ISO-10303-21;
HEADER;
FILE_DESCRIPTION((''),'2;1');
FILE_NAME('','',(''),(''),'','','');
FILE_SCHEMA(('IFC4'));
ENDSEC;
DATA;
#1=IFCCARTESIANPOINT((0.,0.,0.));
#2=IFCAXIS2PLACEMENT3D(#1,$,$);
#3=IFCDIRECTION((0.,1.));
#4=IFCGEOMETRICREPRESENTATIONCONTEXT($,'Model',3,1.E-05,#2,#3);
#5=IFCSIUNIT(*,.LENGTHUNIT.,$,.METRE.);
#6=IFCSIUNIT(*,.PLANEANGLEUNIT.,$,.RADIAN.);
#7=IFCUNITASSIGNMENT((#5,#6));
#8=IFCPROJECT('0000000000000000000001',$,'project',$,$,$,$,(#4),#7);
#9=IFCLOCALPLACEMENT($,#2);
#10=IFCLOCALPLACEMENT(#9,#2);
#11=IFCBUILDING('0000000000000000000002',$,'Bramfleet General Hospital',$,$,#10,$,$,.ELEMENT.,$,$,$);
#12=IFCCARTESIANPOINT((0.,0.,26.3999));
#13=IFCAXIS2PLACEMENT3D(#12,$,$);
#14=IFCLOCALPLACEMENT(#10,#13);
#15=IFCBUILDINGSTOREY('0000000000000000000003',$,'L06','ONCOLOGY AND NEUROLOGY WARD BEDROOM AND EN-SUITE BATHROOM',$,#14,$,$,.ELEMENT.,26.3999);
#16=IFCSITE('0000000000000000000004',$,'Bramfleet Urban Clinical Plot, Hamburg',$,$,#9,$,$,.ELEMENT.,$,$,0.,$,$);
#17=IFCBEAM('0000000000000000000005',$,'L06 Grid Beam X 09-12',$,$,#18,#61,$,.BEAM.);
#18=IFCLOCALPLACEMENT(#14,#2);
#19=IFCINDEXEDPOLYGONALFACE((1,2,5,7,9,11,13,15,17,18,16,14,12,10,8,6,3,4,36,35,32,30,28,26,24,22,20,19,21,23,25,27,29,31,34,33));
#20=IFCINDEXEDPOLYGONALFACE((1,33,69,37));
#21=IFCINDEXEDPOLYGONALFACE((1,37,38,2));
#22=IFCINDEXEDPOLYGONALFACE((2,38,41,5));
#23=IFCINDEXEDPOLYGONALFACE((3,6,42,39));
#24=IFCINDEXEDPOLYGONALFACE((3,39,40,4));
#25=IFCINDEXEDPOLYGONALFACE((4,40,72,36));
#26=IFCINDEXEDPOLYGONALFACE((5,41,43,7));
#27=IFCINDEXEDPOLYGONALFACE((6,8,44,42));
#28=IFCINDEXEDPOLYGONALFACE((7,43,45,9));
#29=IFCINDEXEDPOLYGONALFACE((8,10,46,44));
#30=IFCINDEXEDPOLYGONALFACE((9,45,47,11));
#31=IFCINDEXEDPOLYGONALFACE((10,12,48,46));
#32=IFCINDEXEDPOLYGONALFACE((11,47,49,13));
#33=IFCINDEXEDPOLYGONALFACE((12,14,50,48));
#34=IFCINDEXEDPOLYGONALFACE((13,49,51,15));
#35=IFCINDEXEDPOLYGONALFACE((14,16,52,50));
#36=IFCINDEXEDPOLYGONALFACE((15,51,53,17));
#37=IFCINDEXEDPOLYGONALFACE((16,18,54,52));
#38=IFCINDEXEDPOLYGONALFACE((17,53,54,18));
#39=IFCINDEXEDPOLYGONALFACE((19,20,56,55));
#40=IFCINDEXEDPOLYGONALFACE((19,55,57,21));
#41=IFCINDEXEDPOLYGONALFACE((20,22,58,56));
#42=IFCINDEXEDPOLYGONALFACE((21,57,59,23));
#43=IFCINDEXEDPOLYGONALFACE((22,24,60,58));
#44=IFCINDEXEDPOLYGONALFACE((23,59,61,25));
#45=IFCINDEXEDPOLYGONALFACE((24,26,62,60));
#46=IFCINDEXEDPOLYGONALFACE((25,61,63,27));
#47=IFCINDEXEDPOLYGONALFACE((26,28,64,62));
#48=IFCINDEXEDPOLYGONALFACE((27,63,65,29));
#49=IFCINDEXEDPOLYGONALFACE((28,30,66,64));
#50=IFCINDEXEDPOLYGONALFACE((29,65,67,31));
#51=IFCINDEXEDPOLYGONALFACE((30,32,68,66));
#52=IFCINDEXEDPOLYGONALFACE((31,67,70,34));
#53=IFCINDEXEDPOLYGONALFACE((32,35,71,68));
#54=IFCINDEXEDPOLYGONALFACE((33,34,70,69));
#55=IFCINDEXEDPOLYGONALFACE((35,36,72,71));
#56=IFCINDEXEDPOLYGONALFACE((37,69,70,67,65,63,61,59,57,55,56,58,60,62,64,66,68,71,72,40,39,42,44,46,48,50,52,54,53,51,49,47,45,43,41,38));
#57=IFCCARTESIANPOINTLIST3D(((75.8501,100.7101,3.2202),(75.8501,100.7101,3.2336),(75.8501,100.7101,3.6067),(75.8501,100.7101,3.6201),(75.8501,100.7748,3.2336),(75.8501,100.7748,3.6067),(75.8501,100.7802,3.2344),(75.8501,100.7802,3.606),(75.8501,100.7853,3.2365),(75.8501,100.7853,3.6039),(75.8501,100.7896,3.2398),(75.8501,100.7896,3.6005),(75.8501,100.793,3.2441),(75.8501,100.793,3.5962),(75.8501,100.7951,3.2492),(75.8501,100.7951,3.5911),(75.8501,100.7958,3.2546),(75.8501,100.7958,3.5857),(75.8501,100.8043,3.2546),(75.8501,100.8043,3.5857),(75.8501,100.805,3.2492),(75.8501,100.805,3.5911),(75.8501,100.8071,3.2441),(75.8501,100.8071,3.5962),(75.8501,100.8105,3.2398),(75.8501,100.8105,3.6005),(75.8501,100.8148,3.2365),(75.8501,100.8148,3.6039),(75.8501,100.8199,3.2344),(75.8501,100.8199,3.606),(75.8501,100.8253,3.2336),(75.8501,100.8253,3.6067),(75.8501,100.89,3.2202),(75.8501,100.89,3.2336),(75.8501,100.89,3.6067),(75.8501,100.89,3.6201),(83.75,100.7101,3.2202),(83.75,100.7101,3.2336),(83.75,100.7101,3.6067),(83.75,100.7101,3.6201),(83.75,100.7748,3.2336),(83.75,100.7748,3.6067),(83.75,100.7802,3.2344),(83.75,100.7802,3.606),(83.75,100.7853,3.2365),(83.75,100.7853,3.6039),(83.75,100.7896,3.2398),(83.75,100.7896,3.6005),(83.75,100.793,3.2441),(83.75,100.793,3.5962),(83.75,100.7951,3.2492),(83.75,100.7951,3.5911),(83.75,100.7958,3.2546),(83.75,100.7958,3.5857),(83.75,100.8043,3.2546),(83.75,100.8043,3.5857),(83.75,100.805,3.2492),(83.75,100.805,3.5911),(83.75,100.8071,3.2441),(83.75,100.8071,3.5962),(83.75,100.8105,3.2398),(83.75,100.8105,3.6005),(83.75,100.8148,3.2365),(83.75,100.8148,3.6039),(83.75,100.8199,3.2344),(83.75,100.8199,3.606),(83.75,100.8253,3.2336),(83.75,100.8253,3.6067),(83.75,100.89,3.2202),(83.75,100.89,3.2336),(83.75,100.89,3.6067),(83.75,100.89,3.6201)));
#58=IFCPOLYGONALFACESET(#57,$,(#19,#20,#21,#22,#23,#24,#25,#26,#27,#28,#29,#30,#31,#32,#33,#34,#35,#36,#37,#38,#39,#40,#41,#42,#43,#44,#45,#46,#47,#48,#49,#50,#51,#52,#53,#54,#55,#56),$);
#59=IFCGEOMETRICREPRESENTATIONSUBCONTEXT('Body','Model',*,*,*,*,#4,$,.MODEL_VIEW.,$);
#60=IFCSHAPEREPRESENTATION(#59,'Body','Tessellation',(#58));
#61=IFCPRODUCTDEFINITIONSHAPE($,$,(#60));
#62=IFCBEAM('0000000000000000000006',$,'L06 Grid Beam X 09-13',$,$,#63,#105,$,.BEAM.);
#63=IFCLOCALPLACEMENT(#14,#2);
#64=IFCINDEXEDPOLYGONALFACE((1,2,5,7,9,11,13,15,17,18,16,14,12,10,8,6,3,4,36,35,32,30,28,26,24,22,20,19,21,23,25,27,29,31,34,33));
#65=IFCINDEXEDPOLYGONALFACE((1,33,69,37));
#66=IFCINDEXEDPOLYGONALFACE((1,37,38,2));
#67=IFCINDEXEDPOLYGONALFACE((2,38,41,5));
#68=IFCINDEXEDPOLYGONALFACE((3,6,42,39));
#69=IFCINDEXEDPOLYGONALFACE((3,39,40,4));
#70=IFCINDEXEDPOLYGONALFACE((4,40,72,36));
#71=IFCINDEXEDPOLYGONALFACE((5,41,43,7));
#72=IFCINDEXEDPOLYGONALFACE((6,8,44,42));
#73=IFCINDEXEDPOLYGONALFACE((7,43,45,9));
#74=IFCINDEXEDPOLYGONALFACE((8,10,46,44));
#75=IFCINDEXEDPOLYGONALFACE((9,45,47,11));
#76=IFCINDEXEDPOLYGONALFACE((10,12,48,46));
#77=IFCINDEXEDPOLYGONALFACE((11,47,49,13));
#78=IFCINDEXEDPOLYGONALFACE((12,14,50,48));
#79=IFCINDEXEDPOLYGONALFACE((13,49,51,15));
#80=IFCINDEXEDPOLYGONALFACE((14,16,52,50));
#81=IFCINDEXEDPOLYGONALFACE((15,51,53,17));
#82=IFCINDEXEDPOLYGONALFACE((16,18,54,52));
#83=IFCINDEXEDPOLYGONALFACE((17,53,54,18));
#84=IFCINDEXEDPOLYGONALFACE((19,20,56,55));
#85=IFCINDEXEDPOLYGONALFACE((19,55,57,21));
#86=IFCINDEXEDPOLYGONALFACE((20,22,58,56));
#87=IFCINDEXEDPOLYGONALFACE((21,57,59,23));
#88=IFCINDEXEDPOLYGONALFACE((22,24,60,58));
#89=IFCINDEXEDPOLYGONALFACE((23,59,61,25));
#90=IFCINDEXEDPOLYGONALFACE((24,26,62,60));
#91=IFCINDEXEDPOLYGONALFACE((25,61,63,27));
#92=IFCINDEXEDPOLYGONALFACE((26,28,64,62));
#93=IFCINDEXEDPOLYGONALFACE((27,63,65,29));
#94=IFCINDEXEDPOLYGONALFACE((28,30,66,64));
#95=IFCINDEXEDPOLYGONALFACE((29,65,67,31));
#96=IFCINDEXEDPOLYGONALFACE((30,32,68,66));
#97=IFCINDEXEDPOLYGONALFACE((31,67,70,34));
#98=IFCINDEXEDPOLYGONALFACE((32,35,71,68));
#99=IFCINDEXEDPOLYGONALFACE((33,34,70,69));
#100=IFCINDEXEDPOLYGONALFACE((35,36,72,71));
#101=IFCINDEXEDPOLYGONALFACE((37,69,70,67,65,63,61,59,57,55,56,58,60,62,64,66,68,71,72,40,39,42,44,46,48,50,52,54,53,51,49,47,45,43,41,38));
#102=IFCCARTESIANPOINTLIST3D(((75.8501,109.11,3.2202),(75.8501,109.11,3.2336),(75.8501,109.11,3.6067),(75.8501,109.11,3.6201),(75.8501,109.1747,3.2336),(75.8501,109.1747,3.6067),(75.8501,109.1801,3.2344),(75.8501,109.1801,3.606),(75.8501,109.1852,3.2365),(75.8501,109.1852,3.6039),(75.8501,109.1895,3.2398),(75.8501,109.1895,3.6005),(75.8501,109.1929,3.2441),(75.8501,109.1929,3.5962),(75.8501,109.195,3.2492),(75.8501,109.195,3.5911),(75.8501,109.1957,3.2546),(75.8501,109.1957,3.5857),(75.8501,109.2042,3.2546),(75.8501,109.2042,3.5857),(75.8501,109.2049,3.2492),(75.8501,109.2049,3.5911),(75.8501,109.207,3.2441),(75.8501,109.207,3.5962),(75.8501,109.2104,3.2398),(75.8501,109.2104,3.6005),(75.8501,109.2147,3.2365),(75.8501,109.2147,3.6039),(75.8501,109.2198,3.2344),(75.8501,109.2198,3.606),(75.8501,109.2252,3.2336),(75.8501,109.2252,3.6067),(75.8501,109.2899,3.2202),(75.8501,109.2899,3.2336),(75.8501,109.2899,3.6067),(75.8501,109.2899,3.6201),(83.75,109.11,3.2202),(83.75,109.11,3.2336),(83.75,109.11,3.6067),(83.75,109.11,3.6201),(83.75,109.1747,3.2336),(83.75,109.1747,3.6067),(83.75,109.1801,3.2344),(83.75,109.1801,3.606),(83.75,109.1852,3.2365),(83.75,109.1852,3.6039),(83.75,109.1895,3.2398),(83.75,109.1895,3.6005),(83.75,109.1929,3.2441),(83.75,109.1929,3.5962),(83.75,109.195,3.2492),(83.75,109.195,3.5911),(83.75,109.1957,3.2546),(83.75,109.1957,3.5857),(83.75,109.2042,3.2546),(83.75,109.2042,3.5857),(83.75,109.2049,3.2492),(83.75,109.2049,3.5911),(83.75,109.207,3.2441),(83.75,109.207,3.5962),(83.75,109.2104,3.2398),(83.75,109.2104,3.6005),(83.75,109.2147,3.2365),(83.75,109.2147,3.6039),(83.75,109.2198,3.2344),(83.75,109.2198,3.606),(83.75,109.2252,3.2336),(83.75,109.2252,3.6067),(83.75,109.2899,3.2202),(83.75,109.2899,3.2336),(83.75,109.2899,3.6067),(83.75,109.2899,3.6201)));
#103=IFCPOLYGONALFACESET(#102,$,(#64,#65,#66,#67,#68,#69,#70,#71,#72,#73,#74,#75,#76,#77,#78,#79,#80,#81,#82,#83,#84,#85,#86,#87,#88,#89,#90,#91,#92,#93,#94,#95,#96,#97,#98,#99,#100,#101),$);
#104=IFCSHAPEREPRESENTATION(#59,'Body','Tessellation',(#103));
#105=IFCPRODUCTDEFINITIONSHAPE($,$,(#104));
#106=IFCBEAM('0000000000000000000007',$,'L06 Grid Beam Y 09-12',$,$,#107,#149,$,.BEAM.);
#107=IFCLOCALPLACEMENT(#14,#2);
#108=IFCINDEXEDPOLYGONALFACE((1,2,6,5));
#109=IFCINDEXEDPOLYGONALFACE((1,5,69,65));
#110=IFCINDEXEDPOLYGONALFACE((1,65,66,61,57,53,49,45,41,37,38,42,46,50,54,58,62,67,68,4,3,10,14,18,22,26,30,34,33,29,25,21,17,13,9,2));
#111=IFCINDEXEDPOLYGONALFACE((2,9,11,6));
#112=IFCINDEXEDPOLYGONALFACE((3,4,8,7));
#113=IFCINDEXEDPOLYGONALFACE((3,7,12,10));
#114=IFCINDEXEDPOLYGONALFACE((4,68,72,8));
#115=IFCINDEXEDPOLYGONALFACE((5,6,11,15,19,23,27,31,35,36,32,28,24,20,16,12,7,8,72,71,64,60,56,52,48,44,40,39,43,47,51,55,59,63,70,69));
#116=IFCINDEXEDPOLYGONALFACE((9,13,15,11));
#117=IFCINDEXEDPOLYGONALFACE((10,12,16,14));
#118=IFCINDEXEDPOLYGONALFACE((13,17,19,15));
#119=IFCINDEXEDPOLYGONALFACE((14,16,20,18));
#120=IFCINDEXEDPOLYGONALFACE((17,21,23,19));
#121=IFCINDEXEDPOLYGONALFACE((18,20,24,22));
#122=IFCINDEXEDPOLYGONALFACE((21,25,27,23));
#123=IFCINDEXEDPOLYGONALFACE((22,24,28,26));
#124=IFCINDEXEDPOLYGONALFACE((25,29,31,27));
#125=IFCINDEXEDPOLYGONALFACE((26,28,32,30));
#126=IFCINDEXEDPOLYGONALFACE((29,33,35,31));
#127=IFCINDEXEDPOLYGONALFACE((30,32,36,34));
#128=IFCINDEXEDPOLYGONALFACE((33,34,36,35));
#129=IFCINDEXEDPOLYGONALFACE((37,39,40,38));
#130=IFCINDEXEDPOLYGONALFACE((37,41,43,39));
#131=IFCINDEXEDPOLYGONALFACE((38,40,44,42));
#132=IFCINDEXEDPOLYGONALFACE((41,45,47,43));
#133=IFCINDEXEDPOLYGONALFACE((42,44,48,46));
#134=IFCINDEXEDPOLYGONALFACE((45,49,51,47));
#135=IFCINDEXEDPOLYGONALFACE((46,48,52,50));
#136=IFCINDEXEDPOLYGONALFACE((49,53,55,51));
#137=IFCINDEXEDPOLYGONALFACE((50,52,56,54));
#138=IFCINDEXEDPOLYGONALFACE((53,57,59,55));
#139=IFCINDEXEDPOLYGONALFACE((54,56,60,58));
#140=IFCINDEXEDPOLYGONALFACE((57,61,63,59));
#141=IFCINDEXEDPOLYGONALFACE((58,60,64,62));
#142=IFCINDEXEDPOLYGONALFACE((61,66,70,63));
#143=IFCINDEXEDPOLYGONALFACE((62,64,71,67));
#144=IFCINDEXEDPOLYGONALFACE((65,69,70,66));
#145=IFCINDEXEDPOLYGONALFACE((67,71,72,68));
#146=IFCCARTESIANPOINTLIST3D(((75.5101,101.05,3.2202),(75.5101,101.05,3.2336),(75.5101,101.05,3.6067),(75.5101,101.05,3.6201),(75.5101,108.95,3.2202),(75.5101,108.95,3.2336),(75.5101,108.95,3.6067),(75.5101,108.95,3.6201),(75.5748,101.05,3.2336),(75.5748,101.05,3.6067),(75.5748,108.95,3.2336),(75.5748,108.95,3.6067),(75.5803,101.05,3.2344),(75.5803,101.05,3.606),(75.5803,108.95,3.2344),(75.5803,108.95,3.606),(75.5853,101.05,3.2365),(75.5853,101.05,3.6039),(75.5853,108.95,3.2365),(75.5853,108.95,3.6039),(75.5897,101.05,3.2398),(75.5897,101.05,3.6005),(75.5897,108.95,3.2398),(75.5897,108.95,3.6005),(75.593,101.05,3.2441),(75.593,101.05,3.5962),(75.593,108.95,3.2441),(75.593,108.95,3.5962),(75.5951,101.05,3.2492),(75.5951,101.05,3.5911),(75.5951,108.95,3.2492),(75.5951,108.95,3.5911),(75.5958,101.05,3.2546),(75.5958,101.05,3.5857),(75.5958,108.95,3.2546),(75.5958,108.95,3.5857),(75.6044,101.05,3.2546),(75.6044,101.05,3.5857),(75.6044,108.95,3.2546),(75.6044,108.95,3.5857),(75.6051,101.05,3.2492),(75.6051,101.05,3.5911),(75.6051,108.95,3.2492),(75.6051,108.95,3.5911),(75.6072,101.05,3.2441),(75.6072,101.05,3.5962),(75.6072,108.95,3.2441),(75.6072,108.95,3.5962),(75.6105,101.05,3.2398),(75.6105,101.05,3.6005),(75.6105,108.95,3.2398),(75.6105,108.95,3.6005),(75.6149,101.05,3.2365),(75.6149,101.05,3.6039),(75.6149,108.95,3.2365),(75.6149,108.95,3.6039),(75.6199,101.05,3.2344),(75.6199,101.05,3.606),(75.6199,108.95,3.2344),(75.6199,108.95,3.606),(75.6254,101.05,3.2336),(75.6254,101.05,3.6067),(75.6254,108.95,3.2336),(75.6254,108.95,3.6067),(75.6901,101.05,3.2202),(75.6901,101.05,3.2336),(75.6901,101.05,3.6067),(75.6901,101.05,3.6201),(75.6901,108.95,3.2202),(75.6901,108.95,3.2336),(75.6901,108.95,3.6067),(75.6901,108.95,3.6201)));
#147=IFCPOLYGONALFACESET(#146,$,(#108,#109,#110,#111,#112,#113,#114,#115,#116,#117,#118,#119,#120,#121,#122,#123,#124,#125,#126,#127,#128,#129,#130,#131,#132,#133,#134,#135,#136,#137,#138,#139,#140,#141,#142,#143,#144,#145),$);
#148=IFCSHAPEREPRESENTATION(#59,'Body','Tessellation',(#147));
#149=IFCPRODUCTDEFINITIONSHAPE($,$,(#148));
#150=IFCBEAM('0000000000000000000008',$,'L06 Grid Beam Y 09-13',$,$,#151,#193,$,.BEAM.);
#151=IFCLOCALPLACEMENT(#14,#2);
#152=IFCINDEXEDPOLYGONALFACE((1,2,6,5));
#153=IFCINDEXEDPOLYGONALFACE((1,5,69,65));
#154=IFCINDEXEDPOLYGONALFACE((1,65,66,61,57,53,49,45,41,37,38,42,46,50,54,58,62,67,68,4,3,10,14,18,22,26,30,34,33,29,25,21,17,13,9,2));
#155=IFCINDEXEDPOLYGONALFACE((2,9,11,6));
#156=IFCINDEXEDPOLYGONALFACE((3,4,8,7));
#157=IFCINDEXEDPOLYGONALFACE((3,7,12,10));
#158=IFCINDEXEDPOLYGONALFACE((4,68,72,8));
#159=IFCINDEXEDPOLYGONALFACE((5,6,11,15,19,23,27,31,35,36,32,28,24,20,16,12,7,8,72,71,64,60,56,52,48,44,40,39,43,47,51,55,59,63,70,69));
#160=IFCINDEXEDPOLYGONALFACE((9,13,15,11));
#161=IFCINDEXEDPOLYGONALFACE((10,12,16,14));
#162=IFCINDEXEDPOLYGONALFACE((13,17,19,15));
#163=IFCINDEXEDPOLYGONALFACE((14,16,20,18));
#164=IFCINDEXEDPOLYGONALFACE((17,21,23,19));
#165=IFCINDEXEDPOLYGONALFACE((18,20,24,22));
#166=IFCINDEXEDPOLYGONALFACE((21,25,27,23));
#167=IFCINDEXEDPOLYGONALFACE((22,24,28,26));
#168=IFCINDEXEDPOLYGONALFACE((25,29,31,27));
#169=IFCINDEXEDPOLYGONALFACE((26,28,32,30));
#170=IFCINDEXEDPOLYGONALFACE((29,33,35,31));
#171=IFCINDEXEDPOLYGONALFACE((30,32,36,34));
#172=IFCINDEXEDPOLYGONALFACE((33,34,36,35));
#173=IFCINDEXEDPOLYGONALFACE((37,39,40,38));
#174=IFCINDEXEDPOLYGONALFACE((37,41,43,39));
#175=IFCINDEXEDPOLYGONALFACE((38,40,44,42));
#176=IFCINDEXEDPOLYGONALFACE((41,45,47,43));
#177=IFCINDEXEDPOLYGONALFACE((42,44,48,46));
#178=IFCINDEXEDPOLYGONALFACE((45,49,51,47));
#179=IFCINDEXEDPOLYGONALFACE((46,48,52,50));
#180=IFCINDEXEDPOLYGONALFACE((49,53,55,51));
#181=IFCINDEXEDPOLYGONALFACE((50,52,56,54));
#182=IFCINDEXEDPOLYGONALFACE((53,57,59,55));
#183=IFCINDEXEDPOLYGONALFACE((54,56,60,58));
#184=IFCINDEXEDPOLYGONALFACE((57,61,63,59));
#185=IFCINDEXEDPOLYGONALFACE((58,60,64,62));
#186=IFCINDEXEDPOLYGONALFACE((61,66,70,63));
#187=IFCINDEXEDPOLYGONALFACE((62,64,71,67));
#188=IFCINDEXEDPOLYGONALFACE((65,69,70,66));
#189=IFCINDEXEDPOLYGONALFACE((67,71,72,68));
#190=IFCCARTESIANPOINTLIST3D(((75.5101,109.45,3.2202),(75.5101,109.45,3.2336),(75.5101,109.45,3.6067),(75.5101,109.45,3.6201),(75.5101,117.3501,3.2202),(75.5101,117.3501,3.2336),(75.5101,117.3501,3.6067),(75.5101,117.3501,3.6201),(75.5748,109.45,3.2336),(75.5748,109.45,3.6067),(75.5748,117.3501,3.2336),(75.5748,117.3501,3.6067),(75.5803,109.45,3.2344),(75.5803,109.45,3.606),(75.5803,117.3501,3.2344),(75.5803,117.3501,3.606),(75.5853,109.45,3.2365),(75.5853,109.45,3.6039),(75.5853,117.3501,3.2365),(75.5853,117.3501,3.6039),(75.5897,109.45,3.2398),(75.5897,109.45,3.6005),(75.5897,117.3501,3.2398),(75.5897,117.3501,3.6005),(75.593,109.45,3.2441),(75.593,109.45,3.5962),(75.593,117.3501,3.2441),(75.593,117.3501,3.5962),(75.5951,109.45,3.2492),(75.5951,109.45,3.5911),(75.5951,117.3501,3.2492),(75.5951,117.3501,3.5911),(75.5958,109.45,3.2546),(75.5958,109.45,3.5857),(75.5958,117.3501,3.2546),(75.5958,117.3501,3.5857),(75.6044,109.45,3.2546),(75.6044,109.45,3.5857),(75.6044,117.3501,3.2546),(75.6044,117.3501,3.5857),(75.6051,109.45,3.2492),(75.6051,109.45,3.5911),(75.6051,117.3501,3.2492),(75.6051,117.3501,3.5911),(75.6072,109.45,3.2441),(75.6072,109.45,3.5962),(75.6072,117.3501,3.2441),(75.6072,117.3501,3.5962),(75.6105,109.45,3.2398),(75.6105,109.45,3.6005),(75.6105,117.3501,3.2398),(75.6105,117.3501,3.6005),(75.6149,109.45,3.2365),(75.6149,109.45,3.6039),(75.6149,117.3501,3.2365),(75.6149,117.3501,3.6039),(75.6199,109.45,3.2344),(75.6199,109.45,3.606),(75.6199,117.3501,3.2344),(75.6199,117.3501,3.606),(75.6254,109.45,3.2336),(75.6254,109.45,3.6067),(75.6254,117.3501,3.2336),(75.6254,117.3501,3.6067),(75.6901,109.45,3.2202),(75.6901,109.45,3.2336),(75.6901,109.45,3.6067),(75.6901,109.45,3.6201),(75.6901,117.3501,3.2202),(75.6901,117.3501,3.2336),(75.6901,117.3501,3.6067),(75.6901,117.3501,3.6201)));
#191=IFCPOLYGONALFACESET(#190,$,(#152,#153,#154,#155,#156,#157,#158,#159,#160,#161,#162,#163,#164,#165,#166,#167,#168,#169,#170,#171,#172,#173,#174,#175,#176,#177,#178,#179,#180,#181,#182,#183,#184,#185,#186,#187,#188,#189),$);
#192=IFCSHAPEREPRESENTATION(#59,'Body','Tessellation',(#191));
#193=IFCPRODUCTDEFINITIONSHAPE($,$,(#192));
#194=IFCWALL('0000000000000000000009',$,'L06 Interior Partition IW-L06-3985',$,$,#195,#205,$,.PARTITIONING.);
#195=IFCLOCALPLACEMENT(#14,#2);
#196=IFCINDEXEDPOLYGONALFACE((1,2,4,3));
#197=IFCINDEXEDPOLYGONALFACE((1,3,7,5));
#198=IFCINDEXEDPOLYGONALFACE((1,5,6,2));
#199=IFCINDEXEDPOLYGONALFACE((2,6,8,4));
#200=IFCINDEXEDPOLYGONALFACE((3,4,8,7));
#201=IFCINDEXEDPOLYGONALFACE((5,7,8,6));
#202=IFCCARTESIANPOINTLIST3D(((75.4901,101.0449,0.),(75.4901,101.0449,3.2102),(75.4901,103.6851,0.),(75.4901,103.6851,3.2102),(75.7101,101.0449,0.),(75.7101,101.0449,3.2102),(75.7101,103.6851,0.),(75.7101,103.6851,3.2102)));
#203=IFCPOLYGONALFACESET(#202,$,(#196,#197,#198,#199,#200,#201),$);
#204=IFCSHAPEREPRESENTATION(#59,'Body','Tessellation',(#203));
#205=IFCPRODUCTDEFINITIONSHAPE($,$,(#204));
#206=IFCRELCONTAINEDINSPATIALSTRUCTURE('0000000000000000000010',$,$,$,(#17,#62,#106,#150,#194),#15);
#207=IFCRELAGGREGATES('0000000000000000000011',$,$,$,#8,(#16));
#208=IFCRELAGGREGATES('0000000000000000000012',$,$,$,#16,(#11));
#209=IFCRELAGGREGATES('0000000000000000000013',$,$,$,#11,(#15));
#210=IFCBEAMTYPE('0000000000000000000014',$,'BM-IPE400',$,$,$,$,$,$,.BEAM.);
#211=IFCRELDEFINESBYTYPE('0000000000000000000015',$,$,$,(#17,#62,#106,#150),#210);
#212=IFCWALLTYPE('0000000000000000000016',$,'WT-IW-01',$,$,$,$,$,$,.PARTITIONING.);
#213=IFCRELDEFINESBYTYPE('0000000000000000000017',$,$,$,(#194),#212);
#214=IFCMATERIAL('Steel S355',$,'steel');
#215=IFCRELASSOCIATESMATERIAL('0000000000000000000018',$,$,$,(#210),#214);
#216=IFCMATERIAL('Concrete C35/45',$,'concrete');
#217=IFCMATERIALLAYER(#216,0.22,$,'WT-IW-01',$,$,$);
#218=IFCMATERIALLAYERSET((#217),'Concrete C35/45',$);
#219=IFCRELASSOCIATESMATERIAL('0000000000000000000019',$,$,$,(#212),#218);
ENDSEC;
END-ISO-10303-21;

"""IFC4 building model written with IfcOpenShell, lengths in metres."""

from ifc_helpers import new_model, si_unit, direction, frame, frame_2d, origin, origin_2d, place, context, subcontext, project, spatial, rectangle, i_section, extrude, material, layer, layer_set, material_profile, profile_set, type_object, element, save


model = new_model("IFC4")

# Units and contexts
model_context = context("Model", 3, precision=1e-05, world=origin(), true_north=direction((0.0, 1.0)))
body_context = subcontext(model_context, "Body", "Model", "MODEL_VIEW")
ifc_project = project(units=[si_unit("LENGTHUNIT", "METRE"), si_unit("PLANEANGLEUNIT", "RADIAN")], contexts=[model_context])

# Site, building, storey
site_placement = place(None, origin())
site = spatial("IfcSite", under=ifc_project, at=site_placement, Name="Bramfleet Urban Clinical Plot, Hamburg", CompositionType="ELEMENT", RefElevation=0.0)
building_placement = place(site_placement, origin())
building = spatial("IfcBuilding", under=site, at=building_placement, Name="Bramfleet General Hospital", CompositionType="ELEMENT")
storey_placement = place(building_placement, frame((0.0, 0.0, 26.3999)))
storey = spatial("IfcBuildingStorey", under=building, at=storey_placement, Name="L06", Description="ONCOLOGY AND NEUROLOGY WARD BEDROOM AND EN-SUITE BATHROOM", CompositionType="ELEMENT", Elevation=26.3999)

# Beams
ifc_material_1 = material(Name="Steel S355", Category="steel")
ifc_material_profile_1 = material_profile(ifc_material_1, i_section(OverallWidth=0.1799, OverallDepth=0.3999, WebThickness=0.0085, FlangeThickness=0.0134, FilletRadius=0.021, at=origin_2d()), Name="IPE 400")
ifc_profile_set_1 = profile_set([ifc_material_profile_1], Name="Steel S355")
beam_type_1 = type_object("IfcBeamType", Name="BM-IPE400", PredefinedType="BEAM", material=ifc_profile_set_1)
for number, where, z_axis, x_axis, name in (
    (1, (75.8501, 100.8, 3.4202), (1.0, 0.0, 0.0), (0.0, 1.0, 0.0), "L06 Grid Beam X 09-12"),
    (2, (75.8501, 109.2, 3.4202), (1.0, 0.0, 0.0), (0.0, 1.0, 0.0), "L06 Grid Beam X 09-13"),
    (3, (75.6001, 101.05, 3.4202), (0.0, 1.0, 0.0), (-1.0, 0.0, 0.0), "L06 Grid Beam Y 09-12"),
):
    element("IfcBeam", number, at=place(storey_placement, frame(where, z_axis=z_axis, x_axis=x_axis)), inside=storey, type_object=beam_type_1, Name=name, PredefinedType="BEAM", context=body_context, shape_type="SweptSolid", body=[
        extrude(i_section(OverallWidth=0.1799, OverallDepth=0.3999, WebThickness=0.0085, FlangeThickness=0.0134, FilletRadius=0.021, at=origin_2d()), origin(), (0.0, 0.0, 1.0), 7.8999),
    ])
beam_placement = place(storey_placement, frame((75.6001, 109.45, 3.4202), z_axis=(0.0, 1.0, 0.0), x_axis=(-1.0, 0.0, 0.0)))
element("IfcBeam", 4, at=beam_placement, inside=storey, type_object=beam_type_1, Name="L06 Grid Beam Y 09-13", PredefinedType="BEAM", context=body_context, shape_type="SweptSolid", body=[
    extrude(i_section(OverallWidth=0.1799, OverallDepth=0.3999, WebThickness=0.0085, FlangeThickness=0.0134, FilletRadius=0.021, at=origin_2d()), origin(), (0.0, 0.0, 1.0), 7.9001),
])

# Wall
ifc_material_2 = material(Name="Concrete C35/45", Category="concrete")
ifc_layer_1 = layer(ifc_material_2, 0.22, Name="WT-IW-01")
ifc_layer_set_1 = layer_set([ifc_layer_1], Name="Concrete C35/45")
wall_type_1 = type_object("IfcWallType", Name="WT-IW-01", PredefinedType="PARTITIONING", material=ifc_layer_set_1)
wall_1_placement = place(storey_placement, frame((75.6001, 101.0449, 0.0), z_axis=(0.0, 0.0, 1.0), x_axis=(0.0, 1.0, 0.0)))
element("IfcWall", 5, at=wall_1_placement, inside=storey, type_object=wall_type_1, Name="L06 Interior Partition IW-L06-3985", PredefinedType="PARTITIONING", context=body_context, shape_type="SweptSolid", body=[
    extrude(rectangle(XDim=2.6401, YDim=0.22, at=frame_2d((1.3201, 0.0))), origin(), (0.0, 0.0, 1.0), 3.2102),
])

save(model, "model.ifc")
